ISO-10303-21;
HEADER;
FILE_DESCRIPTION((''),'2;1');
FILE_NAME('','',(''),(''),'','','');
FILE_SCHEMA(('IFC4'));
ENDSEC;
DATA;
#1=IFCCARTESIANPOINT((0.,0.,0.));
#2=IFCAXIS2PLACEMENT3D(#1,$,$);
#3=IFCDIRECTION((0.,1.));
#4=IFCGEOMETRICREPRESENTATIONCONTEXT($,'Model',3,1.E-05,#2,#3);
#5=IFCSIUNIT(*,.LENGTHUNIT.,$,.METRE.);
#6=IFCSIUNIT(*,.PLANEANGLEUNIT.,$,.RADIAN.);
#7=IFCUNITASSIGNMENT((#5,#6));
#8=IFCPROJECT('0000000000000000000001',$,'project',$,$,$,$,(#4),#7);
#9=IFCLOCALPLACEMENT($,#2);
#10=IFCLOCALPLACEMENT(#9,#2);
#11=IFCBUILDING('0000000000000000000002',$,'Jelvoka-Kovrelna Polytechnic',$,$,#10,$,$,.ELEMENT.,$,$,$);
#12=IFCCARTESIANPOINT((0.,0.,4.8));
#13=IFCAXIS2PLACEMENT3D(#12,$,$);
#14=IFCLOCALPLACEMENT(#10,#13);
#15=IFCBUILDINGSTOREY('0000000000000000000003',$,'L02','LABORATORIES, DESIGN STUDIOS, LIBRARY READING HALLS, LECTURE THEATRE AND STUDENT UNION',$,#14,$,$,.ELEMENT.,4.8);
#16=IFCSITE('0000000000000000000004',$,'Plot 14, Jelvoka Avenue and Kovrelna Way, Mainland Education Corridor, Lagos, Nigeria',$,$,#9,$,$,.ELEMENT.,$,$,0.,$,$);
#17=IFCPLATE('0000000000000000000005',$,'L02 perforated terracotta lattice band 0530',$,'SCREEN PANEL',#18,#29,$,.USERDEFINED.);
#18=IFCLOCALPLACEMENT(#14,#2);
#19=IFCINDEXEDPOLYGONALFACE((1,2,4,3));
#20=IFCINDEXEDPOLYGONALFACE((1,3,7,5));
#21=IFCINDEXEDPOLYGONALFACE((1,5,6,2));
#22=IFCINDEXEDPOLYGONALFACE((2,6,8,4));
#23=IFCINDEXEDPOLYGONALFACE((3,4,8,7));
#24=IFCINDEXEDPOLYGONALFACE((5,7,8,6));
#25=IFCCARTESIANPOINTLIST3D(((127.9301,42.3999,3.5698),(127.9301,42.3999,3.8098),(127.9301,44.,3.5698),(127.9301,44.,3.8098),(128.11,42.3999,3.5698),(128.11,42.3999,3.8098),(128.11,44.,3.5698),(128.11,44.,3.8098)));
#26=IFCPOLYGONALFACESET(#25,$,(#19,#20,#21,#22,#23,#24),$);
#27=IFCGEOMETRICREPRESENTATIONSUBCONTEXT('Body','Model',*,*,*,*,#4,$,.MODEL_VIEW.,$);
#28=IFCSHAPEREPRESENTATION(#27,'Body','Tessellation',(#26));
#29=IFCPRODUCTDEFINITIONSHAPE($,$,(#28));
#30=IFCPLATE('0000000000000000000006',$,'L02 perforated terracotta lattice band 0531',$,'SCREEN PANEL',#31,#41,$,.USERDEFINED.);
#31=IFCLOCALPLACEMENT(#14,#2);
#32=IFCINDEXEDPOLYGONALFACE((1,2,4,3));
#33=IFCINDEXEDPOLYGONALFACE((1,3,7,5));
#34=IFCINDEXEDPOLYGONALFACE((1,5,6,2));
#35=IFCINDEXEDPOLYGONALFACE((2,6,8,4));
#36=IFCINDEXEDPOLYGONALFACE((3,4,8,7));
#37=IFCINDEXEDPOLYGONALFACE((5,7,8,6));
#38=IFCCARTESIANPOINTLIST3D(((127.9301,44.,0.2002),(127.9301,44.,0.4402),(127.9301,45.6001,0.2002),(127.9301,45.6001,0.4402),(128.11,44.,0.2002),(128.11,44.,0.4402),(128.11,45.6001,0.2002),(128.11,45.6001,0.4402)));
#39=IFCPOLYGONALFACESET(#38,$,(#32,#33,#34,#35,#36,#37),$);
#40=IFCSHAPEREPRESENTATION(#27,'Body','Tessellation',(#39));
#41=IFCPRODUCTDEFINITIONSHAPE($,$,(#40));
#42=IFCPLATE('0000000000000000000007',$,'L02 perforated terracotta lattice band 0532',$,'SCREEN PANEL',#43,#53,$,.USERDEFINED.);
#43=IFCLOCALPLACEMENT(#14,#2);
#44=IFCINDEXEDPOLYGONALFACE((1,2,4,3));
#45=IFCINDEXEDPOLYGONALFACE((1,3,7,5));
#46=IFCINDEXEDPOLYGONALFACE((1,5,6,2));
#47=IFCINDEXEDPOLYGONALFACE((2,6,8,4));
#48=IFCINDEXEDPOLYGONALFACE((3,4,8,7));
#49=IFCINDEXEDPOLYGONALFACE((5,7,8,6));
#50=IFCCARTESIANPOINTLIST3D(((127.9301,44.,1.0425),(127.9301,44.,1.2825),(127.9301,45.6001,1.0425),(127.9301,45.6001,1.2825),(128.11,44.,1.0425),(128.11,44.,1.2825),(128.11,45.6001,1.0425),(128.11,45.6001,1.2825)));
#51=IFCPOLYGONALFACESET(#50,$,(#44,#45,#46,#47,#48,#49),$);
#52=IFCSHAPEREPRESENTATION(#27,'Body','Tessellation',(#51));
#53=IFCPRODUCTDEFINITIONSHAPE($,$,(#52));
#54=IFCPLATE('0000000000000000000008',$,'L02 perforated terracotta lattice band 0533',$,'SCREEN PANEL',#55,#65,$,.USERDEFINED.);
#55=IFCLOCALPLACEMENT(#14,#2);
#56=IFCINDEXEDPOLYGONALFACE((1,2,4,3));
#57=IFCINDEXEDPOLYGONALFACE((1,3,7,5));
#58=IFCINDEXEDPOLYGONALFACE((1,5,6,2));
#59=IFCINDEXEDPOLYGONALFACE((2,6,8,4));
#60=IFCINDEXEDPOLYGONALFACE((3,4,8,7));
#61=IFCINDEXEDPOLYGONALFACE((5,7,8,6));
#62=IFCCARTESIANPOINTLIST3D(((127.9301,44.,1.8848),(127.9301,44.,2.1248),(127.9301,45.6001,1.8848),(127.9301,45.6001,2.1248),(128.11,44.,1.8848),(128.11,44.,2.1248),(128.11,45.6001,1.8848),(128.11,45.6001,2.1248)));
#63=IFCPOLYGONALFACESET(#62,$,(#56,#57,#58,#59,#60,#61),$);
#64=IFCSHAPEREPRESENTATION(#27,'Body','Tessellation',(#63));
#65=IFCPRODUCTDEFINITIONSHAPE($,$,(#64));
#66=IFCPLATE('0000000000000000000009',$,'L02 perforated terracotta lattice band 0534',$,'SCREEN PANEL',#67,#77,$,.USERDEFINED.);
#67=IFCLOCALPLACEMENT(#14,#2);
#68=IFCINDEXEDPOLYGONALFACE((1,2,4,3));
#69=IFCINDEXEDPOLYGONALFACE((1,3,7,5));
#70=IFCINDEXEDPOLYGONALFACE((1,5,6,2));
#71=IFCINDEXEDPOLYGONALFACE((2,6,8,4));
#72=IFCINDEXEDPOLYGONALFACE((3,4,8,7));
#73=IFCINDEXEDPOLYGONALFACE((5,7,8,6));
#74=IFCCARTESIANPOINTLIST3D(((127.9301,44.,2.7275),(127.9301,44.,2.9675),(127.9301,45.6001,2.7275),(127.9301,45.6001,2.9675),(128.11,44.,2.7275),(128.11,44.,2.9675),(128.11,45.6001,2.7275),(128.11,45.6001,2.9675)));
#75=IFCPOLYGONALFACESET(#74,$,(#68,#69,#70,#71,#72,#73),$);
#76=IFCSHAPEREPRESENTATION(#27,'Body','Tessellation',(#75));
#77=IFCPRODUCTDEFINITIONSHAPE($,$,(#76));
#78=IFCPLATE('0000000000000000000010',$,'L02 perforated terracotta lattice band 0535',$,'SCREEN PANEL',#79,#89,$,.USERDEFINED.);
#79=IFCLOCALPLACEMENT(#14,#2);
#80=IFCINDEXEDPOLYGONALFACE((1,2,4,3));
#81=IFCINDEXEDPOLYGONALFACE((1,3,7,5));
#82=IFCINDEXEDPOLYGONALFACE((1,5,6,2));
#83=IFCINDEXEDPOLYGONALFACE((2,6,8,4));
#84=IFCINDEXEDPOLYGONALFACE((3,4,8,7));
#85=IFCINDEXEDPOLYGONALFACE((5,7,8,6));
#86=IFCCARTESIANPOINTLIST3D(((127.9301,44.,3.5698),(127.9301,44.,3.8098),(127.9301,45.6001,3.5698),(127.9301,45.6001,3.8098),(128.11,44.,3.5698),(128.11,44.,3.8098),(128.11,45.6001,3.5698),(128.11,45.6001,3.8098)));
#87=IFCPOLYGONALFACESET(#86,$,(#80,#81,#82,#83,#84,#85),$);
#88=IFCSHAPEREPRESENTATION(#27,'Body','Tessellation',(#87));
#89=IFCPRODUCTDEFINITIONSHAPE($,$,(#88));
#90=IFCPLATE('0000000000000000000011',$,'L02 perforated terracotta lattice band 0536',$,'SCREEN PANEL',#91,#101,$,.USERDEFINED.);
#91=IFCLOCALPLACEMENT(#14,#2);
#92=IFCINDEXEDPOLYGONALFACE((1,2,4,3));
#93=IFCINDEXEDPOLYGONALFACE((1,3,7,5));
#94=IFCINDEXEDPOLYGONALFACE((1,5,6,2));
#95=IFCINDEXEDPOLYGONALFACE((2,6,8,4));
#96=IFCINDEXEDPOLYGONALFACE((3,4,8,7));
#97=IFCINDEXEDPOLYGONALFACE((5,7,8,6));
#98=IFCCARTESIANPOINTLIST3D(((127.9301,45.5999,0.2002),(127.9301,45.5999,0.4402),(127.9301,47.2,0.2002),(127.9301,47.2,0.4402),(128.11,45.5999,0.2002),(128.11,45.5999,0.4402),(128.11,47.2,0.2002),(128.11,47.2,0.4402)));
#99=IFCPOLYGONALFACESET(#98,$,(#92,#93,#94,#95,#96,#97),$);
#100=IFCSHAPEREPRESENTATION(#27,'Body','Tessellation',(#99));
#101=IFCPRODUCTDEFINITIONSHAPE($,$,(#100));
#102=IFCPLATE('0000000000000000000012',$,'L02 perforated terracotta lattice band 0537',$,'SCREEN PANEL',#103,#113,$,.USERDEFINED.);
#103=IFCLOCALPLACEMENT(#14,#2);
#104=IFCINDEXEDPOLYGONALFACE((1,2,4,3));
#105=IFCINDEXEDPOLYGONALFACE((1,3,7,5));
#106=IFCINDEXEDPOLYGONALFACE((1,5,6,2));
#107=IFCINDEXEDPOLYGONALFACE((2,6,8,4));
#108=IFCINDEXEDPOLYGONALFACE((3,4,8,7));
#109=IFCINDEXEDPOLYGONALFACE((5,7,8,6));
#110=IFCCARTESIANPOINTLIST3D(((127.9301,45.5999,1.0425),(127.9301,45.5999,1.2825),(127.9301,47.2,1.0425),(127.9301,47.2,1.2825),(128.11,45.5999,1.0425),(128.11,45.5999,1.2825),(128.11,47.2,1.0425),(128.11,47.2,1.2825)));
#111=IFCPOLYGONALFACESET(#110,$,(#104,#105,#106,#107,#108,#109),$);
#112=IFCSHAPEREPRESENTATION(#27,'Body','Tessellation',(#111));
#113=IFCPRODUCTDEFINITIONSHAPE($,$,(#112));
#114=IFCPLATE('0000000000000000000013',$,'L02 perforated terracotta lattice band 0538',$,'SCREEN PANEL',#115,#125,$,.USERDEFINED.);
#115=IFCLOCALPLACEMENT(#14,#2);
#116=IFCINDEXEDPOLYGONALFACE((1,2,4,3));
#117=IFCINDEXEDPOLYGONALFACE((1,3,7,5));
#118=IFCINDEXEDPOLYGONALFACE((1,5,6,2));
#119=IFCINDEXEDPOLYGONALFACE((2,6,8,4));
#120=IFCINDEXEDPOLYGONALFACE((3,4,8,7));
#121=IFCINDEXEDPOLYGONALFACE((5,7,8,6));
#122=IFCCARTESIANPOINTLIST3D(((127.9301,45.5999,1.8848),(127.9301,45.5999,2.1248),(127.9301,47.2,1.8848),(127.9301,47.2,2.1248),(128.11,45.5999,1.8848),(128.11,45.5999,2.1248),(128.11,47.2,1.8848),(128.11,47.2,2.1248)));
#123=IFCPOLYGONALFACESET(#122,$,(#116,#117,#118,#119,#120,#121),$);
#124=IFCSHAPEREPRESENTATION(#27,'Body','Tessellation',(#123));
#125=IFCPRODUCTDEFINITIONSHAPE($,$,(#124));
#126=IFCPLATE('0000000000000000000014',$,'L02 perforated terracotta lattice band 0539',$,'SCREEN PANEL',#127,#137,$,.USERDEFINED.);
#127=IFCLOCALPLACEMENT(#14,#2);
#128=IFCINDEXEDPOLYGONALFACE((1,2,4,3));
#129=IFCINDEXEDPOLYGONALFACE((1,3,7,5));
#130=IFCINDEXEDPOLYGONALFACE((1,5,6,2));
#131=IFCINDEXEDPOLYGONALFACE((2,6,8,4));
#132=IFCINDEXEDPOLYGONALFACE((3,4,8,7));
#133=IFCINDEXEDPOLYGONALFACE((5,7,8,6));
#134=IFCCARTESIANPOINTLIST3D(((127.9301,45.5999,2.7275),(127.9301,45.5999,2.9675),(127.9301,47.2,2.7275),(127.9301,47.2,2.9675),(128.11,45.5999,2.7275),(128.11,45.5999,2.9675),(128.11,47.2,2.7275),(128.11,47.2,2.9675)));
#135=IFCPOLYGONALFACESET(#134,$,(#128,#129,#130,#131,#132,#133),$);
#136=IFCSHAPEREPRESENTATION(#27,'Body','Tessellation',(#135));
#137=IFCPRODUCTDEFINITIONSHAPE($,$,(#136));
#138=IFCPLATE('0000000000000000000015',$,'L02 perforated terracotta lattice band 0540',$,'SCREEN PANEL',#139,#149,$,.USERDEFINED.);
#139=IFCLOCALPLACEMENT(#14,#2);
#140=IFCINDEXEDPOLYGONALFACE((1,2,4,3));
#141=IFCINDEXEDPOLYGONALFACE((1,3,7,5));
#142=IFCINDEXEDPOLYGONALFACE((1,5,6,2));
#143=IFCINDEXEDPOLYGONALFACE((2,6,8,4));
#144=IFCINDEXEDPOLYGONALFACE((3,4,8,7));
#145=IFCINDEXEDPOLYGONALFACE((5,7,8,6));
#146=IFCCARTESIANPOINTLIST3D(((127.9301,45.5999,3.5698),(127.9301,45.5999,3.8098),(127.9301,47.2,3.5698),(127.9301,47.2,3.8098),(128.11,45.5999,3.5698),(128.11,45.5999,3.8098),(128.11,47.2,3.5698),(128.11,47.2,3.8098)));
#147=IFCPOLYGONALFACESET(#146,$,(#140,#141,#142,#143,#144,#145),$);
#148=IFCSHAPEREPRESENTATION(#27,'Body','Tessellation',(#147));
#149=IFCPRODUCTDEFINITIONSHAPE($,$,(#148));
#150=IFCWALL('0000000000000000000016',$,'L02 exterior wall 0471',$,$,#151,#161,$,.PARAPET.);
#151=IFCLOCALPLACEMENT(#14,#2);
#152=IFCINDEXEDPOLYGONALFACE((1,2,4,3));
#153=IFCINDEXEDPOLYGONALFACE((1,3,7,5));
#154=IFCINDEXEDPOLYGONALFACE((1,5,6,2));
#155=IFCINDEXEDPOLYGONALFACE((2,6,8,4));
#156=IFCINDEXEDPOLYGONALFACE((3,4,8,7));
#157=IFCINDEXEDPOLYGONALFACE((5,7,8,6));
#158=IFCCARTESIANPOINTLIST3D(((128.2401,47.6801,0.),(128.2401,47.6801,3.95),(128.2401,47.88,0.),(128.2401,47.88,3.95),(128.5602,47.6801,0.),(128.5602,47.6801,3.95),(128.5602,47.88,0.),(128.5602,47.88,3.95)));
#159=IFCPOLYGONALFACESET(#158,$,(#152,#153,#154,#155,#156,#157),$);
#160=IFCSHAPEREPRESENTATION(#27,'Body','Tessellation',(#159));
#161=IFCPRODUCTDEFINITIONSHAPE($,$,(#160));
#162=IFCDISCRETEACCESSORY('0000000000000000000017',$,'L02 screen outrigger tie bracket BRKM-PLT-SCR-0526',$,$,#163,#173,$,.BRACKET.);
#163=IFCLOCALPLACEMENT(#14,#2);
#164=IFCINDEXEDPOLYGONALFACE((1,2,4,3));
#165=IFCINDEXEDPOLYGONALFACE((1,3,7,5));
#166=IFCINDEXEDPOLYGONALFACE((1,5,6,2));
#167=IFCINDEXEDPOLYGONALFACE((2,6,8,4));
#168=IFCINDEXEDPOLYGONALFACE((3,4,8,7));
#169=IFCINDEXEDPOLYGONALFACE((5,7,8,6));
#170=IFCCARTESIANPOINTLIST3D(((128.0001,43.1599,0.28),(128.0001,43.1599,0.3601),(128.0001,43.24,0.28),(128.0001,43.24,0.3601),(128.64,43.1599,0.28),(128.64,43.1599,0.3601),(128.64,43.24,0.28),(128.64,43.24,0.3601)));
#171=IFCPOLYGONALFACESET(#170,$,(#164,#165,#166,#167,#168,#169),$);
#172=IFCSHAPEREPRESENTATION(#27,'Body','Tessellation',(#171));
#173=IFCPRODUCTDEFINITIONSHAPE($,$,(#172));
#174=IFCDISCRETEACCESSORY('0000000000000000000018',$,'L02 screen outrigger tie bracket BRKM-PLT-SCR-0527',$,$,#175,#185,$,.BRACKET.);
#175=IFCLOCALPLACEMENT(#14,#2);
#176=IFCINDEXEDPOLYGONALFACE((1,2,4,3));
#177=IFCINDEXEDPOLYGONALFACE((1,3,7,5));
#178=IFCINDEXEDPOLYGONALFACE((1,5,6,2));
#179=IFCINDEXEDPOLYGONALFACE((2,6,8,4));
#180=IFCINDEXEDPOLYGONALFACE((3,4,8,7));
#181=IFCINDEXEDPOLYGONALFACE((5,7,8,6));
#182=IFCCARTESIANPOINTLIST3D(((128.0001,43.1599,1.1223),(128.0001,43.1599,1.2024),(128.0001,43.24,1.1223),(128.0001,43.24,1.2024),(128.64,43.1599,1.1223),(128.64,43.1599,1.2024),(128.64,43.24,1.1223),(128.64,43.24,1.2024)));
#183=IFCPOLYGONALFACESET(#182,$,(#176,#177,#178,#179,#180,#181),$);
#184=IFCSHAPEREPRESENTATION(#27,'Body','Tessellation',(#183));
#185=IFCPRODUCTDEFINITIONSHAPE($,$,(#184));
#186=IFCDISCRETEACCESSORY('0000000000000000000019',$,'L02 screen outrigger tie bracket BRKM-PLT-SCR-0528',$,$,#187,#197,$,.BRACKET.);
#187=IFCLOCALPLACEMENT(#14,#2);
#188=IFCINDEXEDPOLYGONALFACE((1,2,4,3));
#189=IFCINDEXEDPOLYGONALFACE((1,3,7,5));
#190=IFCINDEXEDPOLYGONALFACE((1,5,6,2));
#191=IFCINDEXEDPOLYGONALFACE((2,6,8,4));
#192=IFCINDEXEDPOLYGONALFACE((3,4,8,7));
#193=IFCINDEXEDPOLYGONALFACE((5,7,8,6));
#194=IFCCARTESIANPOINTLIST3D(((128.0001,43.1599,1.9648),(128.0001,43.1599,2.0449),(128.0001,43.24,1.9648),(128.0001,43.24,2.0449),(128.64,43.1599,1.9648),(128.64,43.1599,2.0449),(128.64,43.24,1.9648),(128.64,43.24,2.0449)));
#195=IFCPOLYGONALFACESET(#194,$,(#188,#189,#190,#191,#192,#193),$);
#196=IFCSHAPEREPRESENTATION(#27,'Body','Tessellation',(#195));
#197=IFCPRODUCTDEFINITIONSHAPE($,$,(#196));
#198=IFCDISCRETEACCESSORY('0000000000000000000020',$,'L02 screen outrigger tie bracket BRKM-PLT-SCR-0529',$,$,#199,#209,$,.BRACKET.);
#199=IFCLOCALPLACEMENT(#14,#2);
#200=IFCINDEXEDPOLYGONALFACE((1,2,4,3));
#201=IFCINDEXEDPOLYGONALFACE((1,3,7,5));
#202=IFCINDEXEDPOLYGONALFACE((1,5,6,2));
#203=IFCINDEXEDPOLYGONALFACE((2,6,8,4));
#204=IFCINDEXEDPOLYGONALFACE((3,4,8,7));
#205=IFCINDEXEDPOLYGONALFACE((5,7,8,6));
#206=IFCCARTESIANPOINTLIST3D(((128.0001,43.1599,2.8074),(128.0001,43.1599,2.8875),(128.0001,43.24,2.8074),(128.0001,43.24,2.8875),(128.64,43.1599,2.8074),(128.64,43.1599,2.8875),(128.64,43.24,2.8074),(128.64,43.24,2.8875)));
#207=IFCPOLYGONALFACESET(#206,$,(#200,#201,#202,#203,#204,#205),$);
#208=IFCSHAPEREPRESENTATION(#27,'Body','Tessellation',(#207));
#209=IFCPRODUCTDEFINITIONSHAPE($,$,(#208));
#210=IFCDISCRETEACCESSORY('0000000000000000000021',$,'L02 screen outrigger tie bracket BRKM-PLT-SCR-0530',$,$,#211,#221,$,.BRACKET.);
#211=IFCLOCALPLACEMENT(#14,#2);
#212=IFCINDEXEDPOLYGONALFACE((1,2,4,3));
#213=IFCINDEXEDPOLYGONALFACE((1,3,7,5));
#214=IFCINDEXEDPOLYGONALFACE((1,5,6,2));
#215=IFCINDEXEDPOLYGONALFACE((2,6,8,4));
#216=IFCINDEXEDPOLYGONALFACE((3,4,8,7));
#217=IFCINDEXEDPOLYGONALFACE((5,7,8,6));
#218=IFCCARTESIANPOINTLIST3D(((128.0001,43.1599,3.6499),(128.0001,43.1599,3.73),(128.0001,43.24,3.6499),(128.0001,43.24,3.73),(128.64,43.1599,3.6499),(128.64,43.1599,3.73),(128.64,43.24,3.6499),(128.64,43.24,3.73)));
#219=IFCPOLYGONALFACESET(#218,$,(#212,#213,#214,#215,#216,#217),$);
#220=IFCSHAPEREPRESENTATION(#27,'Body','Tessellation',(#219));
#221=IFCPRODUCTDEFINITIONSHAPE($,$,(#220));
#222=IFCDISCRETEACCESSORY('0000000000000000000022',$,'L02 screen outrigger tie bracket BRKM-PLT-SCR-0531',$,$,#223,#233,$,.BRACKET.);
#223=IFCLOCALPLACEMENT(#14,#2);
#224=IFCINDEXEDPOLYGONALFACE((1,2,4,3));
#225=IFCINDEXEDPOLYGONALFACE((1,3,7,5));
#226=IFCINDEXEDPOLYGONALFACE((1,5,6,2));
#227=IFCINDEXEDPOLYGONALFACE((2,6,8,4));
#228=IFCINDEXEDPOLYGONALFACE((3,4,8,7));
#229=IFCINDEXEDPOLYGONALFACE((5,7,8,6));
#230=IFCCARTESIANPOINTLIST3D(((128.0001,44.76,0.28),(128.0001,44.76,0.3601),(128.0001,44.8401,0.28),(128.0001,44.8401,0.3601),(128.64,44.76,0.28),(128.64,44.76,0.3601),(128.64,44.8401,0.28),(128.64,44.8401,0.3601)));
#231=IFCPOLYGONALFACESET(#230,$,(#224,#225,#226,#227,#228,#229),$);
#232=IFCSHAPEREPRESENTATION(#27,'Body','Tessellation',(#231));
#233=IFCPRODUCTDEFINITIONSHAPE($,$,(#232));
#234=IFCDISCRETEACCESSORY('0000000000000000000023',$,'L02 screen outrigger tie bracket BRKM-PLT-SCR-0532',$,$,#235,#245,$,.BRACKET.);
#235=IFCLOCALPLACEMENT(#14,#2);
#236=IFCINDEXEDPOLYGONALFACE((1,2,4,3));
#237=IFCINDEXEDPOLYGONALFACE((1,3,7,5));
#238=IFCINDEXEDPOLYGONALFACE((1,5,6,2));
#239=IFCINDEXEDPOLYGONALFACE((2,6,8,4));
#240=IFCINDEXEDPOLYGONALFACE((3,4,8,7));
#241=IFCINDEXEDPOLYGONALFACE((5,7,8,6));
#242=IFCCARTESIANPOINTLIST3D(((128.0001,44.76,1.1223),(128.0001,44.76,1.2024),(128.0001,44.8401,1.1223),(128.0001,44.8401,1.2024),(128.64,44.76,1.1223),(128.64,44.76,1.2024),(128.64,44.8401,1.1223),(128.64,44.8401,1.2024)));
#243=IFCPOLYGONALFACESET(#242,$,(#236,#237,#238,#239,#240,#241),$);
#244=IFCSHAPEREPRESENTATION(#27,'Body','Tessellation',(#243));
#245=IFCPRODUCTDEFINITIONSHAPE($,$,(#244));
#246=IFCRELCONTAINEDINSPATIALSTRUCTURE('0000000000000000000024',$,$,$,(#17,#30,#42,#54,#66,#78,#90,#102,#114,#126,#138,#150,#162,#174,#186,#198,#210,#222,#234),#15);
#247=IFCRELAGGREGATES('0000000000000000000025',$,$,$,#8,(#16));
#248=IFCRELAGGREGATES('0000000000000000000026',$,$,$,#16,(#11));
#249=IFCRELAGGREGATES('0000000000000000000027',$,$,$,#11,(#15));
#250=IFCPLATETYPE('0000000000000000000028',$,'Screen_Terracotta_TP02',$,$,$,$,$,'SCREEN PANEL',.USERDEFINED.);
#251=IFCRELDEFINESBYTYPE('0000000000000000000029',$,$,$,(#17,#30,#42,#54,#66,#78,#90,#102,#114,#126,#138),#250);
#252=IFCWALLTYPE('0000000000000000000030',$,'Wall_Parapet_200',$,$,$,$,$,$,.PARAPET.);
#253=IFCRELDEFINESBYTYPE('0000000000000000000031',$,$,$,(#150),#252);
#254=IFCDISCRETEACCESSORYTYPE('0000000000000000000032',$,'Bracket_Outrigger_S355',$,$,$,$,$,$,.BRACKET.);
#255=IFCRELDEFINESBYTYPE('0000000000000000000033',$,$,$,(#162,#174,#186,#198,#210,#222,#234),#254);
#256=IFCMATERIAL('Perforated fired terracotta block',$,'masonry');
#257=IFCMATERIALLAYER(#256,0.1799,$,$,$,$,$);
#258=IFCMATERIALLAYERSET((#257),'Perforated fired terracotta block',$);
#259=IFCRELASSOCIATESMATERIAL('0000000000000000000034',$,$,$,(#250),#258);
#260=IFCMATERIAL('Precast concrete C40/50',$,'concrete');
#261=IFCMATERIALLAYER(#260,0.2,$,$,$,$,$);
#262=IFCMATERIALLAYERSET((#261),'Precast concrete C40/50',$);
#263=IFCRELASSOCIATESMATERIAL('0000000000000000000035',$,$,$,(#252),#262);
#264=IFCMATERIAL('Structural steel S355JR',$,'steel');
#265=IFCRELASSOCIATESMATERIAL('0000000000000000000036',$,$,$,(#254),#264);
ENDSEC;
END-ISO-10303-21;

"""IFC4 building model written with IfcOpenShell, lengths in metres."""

from ifc_helpers import new_model, si_unit, direction, frame, frame_2d, origin, origin_2d, place, context, subcontext, project, spatial, rectangle, extrude, material, layer, layer_set, type_object, element, save


model = new_model("IFC4")

# Units and contexts
model_context = context("Model", 3, precision=1e-05, world=origin(), true_north=direction((0.0, 1.0)))
body_context = subcontext(model_context, "Body", "Model", "MODEL_VIEW")
ifc_project = project(units=[si_unit("LENGTHUNIT", "METRE"), si_unit("PLANEANGLEUNIT", "RADIAN")], contexts=[model_context])

# Site, building, storey
site_placement = place(None, origin())
site = spatial("IfcSite", under=ifc_project, at=site_placement, Name="Plot 14, Jelvoka Avenue and Kovrelna Way, Mainland Education Corridor, Lagos, Nigeria", CompositionType="ELEMENT", RefElevation=0.0)
building_placement = place(site_placement, origin())
building = spatial("IfcBuilding", under=site, at=building_placement, Name="Jelvoka-Kovrelna Polytechnic", CompositionType="ELEMENT")
storey_placement = place(building_placement, frame((0.0, 0.0, 4.8)))
storey = spatial("IfcBuildingStorey", under=building, at=storey_placement, Name="L02", Description="LABORATORIES, DESIGN STUDIOS, LIBRARY READING HALLS, LECTURE THEATRE AND STUDENT UNION", CompositionType="ELEMENT", Elevation=4.8)

# Plates
ifc_material_1 = material(Name="Perforated fired terracotta block", Category="masonry")
ifc_layer_1 = layer(ifc_material_1, 0.1799)
ifc_layer_set_1 = layer_set([ifc_layer_1], Name="Perforated fired terracotta block")
plate_type = type_object("IfcPlateType", Name="Screen_Terracotta_TP02", ElementType="SCREEN PANEL", PredefinedType="USERDEFINED", material=ifc_layer_set_1)
for number, where, z_axis, x_axis, name in (
    (1, (128.02, 43.2, 3.5698), (0.0, 0.0, 1.0), (0.0, 1.0, 0.0), "L02 perforated terracotta lattice band 0530"),
    (2, (128.02, 44.8, 0.2002), (0.0, 0.0, 1.0), (0.0, 1.0, 0.0), "L02 perforated terracotta lattice band 0531"),
    (3, (128.02, 44.8, 1.0425), (0.0, 0.0, 1.0), (0.0, 1.0, 0.0), "L02 perforated terracotta lattice band 0532"),
    (4, (128.02, 44.8, 1.8848), (0.0, 0.0, 1.0), (0.0, 1.0, 0.0), "L02 perforated terracotta lattice band 0533"),
    (5, (128.02, 44.8, 2.7275), (0.0, 0.0, 1.0), (0.0, 1.0, 0.0), "L02 perforated terracotta lattice band 0534"),
    (6, (128.02, 44.8, 3.5698), (0.0, 0.0, 1.0), (0.0, 1.0, 0.0), "L02 perforated terracotta lattice band 0535"),
    (7, (128.02, 46.3999, 0.2002), (0.0, 0.0, 1.0), (0.0, 1.0, 0.0), "L02 perforated terracotta lattice band 0536"),
    (8, (128.02, 46.3999, 1.0425), (0.0, 0.0, 1.0), (0.0, 1.0, 0.0), "L02 perforated terracotta lattice band 0537"),
    (9, (128.02, 46.3999, 1.8848), (0.0, 0.0, 1.0), (0.0, 1.0, 0.0), "L02 perforated terracotta lattice band 0538"),
    (10, (128.02, 46.3999, 2.7275), (0.0, 0.0, 1.0), (0.0, 1.0, 0.0), "L02 perforated terracotta lattice band 0539"),
    (11, (128.02, 46.3999, 3.5698), (0.0, 0.0, 1.0), (0.0, 1.0, 0.0), "L02 perforated terracotta lattice band 0540"),
):
    element("IfcPlate", number, at=place(storey_placement, frame(where, z_axis=z_axis, x_axis=x_axis)), inside=storey, type_object=plate_type, Name=name, ObjectType="SCREEN PANEL", PredefinedType="USERDEFINED", context=body_context, shape_type="SweptSolid", body=[
        extrude(rectangle(XDim=1.6001, YDim=0.1799, at=origin_2d()), origin(), (0.0, 0.0, 1.0), 0.24),
    ])

# Wall
ifc_material_2 = material(Name="Precast concrete C40/50", Category="concrete")
ifc_layer_2 = layer(ifc_material_2, 0.2)
ifc_layer_set_2 = layer_set([ifc_layer_2], Name="Precast concrete C40/50")
wall_type = type_object("IfcWallType", Name="Wall_Parapet_200", PredefinedType="PARAPET", material=ifc_layer_set_2)
wall_placement = place(storey_placement, frame((128.24, 47.78, 0.0), z_axis=(0.0, 0.0, 1.0), x_axis=(1.0, 0.0, 0.0)))
element("IfcWall", 12, at=wall_placement, inside=storey, type_object=wall_type, Name="L02 exterior wall 0471", PredefinedType="PARAPET", context=body_context, shape_type="SweptSolid", body=[
    extrude(rectangle(XDim=0.3201, YDim=0.2, at=frame_2d((0.1602, 0.0))), origin(), (0.0, 0.0, 1.0), 3.95),
])

# Discrete accessories
ifc_material_3 = material(Name="Structural steel S355JR", Category="steel")
discrete_accessory_type = type_object("IfcDiscreteAccessoryType", Name="Bracket_Outrigger_S355", PredefinedType="BRACKET", material=ifc_material_3)
for number, where, z_axis, x_axis, name in (
    (13, (128.3201, 43.2, 0.28), (0.0, 0.0, 1.0), (1.0, 0.0, 0.0), "L02 screen outrigger tie bracket BRKM-PLT-SCR-0526"),
    (14, (128.3201, 43.2, 1.1223), (0.0, 0.0, 1.0), (1.0, 0.0, 0.0), "L02 screen outrigger tie bracket BRKM-PLT-SCR-0527"),
    (15, (128.3201, 43.2, 1.9648), (0.0, 0.0, 1.0), (1.0, 0.0, 0.0), "L02 screen outrigger tie bracket BRKM-PLT-SCR-0528"),
    (16, (128.3201, 43.2, 2.8074), (0.0, 0.0, 1.0), (1.0, 0.0, 0.0), "L02 screen outrigger tie bracket BRKM-PLT-SCR-0529"),
    (17, (128.3201, 43.2, 3.6499), (0.0, 0.0, 1.0), (1.0, 0.0, 0.0), "L02 screen outrigger tie bracket BRKM-PLT-SCR-0530"),
    (18, (128.3201, 44.8, 0.28), (0.0, 0.0, 1.0), (1.0, 0.0, 0.0), "L02 screen outrigger tie bracket BRKM-PLT-SCR-0531"),
    (19, (128.3201, 44.8, 1.1223), (0.0, 0.0, 1.0), (1.0, 0.0, 0.0), "L02 screen outrigger tie bracket BRKM-PLT-SCR-0532"),
):
    element("IfcDiscreteAccessory", number, at=place(storey_placement, frame(where, z_axis=z_axis, x_axis=x_axis)), inside=storey, type_object=discrete_accessory_type, Name=name, PredefinedType="BRACKET", context=body_context, shape_type="SweptSolid", body=[
        extrude(rectangle(XDim=0.6399, YDim=0.0801, at=origin_2d()), origin(), (0.0, 0.0, 1.0), 0.0801),
    ])

save(model, "model.ifc")
